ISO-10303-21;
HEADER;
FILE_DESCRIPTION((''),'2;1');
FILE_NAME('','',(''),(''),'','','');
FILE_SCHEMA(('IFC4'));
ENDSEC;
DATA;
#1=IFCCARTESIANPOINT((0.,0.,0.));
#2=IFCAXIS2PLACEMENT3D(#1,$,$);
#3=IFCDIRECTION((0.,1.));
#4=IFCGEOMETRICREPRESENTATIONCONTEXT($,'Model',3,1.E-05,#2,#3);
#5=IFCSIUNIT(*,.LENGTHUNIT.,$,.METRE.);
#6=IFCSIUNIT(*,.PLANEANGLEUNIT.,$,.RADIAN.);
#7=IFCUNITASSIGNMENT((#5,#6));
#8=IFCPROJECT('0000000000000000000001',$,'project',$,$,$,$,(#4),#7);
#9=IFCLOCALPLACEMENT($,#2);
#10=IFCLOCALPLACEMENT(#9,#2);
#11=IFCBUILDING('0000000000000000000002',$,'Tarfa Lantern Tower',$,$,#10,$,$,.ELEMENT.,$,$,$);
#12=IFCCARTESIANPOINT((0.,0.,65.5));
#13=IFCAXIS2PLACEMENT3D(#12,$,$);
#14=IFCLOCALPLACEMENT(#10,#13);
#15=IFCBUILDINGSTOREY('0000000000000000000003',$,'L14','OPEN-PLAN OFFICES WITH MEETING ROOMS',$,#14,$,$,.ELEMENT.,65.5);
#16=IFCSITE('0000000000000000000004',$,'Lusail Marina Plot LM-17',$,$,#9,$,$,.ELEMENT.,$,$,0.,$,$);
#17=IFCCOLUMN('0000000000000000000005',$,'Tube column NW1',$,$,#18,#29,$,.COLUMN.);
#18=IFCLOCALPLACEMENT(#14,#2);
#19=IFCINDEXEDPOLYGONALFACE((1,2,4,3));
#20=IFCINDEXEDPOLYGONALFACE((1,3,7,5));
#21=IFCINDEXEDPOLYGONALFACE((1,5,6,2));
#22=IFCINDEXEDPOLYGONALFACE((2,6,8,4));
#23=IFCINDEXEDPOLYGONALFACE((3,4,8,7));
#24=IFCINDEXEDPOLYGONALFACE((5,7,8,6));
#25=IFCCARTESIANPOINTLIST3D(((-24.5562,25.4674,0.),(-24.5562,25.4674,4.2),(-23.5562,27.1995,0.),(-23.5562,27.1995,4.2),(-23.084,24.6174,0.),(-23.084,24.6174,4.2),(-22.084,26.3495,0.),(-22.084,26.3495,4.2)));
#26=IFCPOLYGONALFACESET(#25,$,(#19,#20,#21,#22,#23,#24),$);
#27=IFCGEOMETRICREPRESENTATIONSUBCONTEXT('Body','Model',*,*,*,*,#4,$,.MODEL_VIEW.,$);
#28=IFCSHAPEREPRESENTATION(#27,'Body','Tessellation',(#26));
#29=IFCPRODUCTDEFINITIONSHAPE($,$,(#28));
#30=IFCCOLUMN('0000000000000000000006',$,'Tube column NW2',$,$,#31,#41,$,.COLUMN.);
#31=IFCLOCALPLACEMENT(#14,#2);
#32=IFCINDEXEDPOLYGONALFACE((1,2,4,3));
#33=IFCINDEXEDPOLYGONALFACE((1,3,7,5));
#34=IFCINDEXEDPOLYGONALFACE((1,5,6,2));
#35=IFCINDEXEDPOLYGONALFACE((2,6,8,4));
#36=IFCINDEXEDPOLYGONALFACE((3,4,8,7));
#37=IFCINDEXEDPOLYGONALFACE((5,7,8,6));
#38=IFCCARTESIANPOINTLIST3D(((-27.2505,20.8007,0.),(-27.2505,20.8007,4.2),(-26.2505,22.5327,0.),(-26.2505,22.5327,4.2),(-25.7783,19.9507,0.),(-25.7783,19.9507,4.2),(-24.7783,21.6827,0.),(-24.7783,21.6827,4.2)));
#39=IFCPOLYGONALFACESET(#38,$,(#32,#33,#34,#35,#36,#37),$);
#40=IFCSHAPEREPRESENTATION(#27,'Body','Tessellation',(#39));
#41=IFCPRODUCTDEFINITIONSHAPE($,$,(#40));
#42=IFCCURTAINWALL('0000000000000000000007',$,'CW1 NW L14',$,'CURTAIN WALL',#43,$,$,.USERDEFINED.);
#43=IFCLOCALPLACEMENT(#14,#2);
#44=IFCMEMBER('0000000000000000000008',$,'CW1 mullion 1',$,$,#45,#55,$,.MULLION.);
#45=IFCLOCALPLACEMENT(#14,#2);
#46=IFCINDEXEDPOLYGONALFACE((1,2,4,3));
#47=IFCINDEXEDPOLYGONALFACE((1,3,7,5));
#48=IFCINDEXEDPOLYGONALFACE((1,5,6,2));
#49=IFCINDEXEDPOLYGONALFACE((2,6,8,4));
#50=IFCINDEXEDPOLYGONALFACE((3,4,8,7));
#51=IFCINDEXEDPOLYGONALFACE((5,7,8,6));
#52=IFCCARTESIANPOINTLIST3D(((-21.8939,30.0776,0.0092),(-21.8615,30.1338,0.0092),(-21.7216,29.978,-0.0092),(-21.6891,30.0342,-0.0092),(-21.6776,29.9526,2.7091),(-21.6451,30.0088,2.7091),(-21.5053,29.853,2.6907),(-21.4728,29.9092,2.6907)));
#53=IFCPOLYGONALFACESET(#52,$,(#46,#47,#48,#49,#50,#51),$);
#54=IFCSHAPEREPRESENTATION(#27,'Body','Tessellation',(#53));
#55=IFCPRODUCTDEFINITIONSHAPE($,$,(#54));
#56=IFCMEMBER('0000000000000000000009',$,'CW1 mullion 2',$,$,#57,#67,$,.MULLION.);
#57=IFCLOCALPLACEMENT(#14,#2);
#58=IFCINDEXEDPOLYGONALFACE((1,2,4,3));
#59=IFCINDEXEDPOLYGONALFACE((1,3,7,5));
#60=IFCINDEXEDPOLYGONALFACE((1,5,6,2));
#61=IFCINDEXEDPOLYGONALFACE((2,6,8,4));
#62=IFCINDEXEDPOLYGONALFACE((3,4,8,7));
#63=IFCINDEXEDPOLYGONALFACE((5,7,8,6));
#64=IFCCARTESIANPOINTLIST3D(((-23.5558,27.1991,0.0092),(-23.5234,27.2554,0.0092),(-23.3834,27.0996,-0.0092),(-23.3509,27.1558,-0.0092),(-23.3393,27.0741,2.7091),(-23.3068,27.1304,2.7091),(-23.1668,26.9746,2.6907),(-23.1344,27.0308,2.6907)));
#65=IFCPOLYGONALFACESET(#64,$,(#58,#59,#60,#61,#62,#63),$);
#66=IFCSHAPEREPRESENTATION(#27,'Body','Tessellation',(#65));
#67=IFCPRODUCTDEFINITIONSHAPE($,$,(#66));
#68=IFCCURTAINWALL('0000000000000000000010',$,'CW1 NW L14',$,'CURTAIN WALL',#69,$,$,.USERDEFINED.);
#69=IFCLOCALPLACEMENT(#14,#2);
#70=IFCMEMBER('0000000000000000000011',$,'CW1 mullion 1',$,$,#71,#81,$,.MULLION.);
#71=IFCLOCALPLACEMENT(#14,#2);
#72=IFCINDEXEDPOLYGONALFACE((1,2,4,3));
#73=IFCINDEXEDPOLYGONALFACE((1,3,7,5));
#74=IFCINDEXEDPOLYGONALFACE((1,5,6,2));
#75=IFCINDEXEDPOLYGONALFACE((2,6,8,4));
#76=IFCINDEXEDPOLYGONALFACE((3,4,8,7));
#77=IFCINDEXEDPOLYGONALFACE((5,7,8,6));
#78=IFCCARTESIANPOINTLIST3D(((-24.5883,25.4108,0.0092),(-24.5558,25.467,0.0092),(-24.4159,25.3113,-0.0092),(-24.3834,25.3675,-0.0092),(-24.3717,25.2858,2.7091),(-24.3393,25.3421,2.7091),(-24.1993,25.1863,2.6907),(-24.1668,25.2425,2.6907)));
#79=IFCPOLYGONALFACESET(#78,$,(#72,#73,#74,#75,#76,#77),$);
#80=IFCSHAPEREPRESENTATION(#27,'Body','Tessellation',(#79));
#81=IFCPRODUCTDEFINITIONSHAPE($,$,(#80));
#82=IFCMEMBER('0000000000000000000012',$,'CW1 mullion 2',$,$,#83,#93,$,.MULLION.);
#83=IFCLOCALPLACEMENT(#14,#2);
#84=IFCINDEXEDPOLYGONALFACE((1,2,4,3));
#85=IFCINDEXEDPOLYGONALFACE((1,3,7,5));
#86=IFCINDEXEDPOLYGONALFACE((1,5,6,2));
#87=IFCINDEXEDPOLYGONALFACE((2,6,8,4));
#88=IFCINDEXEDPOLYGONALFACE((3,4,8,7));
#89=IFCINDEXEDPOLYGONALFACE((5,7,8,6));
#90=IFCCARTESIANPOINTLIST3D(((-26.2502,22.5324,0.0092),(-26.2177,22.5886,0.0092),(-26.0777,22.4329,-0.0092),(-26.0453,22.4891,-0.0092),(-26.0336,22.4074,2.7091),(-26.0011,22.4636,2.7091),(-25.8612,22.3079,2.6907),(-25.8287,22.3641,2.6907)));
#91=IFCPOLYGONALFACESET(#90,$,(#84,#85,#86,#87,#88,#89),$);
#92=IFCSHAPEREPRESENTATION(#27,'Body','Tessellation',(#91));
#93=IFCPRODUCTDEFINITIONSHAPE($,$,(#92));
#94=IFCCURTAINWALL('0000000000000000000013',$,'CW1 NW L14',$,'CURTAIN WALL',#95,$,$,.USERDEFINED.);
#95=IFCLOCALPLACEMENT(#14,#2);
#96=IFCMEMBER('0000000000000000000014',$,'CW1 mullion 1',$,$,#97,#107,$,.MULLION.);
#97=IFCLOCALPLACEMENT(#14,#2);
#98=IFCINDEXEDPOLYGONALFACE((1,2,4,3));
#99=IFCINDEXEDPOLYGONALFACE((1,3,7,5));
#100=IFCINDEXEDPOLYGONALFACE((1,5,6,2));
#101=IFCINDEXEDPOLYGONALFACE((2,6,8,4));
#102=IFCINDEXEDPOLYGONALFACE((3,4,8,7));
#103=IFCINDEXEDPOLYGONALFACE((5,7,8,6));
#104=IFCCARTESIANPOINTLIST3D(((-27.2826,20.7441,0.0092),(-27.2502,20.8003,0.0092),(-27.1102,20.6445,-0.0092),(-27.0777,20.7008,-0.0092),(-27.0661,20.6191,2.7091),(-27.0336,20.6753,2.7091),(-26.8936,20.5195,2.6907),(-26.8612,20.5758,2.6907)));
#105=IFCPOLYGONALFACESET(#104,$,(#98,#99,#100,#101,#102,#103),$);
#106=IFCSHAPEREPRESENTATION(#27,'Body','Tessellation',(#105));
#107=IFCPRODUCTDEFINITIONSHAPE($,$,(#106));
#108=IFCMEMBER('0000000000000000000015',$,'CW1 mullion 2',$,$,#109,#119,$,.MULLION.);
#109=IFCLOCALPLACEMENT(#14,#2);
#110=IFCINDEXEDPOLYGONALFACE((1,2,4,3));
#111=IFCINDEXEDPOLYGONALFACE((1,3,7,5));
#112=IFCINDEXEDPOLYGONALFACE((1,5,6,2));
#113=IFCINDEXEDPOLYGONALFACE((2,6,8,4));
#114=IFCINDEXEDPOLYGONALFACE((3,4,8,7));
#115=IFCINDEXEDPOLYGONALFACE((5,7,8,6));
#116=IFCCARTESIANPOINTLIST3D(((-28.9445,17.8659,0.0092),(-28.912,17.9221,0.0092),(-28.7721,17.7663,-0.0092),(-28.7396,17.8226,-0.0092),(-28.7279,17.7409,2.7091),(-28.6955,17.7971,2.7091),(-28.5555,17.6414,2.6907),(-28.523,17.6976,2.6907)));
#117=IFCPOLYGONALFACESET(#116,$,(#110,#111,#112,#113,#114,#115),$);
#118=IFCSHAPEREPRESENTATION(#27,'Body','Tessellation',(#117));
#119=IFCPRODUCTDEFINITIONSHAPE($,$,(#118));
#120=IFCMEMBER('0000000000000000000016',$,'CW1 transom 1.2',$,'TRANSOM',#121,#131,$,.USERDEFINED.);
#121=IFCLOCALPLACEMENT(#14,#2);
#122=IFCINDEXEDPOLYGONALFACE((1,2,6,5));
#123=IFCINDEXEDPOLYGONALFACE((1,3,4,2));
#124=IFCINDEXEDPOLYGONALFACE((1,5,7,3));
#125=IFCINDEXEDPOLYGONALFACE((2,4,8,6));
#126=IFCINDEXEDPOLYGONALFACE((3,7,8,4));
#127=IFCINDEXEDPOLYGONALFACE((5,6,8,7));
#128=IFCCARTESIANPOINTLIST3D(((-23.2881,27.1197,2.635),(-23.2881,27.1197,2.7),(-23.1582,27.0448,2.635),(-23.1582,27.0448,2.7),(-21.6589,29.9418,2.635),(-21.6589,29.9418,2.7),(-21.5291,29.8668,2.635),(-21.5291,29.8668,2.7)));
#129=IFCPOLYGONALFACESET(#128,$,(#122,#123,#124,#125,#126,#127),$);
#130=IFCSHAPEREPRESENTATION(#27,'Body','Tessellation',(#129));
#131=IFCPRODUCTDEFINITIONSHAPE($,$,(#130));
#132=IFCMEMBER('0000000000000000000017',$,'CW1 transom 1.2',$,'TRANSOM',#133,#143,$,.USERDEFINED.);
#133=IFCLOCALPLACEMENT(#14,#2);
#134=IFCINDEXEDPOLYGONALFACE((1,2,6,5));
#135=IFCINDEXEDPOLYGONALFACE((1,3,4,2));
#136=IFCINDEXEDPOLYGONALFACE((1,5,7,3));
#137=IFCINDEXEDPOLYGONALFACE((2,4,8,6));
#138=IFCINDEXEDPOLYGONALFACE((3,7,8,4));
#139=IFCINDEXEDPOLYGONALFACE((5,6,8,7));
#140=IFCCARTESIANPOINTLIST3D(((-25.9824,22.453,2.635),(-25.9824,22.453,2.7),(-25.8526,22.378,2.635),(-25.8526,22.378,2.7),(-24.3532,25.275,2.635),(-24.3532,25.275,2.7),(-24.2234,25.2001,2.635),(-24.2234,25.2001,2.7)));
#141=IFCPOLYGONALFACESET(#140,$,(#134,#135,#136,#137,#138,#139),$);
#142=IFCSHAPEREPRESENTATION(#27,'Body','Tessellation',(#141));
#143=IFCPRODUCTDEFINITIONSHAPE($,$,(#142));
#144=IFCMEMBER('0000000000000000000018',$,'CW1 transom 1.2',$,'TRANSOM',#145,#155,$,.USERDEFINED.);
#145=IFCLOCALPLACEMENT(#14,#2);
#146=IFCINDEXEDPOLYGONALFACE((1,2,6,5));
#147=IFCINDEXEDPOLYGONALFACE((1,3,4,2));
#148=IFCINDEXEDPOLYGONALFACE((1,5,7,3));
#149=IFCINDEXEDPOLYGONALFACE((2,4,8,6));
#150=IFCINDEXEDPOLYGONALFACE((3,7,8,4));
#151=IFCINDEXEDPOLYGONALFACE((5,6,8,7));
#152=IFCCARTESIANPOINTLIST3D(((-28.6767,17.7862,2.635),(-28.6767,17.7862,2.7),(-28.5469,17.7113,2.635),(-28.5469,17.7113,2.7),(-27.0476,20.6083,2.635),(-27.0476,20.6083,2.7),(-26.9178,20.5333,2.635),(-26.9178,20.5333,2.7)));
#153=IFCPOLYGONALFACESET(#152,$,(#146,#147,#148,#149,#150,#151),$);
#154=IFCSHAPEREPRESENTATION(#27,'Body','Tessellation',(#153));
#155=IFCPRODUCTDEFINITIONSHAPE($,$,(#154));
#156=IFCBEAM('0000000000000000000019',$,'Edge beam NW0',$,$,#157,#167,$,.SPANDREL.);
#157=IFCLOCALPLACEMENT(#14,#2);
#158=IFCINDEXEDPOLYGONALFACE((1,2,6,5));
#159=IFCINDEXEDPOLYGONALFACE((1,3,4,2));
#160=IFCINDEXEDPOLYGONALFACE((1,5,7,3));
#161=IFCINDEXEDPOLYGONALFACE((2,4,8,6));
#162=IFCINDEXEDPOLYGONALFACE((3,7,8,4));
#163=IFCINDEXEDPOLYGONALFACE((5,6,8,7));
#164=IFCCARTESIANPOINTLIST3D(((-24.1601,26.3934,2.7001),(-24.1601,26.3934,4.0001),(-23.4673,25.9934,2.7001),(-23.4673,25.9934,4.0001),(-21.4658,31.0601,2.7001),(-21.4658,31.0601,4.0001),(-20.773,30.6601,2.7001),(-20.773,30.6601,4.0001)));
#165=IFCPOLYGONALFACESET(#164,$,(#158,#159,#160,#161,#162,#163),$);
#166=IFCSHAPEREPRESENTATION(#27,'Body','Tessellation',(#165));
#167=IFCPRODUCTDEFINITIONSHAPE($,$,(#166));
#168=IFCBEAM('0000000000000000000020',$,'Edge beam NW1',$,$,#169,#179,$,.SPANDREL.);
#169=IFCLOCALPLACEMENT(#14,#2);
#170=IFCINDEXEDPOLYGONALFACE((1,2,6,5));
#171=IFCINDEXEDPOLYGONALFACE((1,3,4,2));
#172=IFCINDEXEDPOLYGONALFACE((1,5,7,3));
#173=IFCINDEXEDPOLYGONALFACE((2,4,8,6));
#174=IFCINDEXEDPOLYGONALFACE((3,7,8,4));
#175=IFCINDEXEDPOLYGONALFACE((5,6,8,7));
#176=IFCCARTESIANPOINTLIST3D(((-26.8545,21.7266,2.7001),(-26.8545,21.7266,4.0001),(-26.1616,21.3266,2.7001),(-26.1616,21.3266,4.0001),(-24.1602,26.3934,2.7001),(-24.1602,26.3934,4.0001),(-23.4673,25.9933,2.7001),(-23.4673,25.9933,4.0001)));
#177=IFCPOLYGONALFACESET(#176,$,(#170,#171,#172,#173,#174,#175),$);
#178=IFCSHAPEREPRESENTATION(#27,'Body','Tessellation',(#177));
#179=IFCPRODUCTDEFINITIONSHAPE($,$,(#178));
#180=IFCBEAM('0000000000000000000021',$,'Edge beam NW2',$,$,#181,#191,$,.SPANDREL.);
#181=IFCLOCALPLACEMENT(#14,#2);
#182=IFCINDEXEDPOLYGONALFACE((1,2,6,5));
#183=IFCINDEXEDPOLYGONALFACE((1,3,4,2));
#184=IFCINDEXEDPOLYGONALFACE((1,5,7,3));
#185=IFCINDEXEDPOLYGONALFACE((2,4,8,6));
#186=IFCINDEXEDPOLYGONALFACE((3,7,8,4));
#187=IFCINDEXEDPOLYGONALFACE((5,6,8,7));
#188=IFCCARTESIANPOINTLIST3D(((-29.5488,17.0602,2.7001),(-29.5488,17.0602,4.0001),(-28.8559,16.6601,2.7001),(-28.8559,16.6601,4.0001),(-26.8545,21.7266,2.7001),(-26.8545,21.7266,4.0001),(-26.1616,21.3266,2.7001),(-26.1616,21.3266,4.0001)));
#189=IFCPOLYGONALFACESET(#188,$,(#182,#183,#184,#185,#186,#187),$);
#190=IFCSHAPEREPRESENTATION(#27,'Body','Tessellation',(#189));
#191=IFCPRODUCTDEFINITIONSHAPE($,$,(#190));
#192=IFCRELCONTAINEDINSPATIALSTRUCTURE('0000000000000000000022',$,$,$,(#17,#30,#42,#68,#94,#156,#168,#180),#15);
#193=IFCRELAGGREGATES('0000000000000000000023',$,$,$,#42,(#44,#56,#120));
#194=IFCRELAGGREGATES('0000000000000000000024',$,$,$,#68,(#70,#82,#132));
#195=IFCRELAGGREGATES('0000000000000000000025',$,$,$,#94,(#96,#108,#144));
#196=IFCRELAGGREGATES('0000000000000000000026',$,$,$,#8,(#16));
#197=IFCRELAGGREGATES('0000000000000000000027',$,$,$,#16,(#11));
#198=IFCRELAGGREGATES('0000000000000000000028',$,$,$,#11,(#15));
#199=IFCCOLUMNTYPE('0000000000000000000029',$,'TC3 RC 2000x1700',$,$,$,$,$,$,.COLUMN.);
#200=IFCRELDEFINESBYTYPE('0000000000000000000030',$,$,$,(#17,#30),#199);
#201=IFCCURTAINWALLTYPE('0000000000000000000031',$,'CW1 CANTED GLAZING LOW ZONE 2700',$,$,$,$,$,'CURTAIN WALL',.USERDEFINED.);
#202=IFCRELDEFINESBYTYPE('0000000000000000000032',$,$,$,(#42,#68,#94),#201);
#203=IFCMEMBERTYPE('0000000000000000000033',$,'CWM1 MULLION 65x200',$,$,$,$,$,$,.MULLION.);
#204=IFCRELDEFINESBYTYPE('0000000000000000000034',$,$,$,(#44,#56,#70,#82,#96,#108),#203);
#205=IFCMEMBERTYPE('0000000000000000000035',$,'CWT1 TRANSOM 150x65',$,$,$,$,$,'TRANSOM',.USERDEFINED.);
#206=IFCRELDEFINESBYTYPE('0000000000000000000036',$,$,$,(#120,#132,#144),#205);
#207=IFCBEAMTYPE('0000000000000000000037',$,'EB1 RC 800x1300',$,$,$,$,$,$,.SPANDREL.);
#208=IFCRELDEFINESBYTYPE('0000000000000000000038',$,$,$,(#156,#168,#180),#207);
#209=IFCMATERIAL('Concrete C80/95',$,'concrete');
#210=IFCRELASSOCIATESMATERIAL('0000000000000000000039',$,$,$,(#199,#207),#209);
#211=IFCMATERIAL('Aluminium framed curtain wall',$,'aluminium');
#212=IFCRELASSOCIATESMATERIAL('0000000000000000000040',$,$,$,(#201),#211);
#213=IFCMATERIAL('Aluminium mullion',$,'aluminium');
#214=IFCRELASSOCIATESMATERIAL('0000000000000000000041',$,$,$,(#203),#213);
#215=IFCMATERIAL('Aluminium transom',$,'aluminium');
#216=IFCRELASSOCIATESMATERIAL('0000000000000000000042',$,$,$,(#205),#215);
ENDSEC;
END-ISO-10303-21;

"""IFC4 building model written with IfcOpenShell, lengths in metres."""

from ifc_helpers import new_model, si_unit, direction, frame, origin, origin_2d, place, context, subcontext, project, spatial, rectangle, extrude, material, material_profile, profile_set, type_object, element, aggregate, save


model = new_model("IFC4")

# Units and contexts
model_context = context("Model", 3, precision=1e-05, world=origin(), true_north=direction((0.0, 1.0)))
body_context = subcontext(model_context, "Body", "Model", "MODEL_VIEW")
ifc_project = project(units=[si_unit("LENGTHUNIT", "METRE"), si_unit("PLANEANGLEUNIT", "RADIAN")], contexts=[model_context])

# Site, building, storey
site_placement = place(None, origin())
site = spatial("IfcSite", under=ifc_project, at=site_placement, Name="Lusail Marina Plot LM-17", CompositionType="ELEMENT", RefElevation=0.0)
building_placement = place(site_placement, origin())
building = spatial("IfcBuilding", under=site, at=building_placement, Name="Tarfa Lantern Tower", CompositionType="ELEMENT")
storey_placement = place(building_placement, frame((0.0, 0.0, 65.5)))
storey = spatial("IfcBuildingStorey", under=building, at=storey_placement, Name="L14", Description="OPEN-PLAN OFFICES WITH MEETING ROOMS", CompositionType="ELEMENT", Elevation=65.5)

# Columns
ifc_material_1 = material(Name="Concrete C80/95", Category="concrete")
ifc_material_profile_1 = material_profile(ifc_material_1, rectangle(XDim=2.0, YDim=1.7, at=origin_2d()), Name="RC 2000x1700")
ifc_profile_set_1 = profile_set([ifc_material_profile_1], Name="Concrete C80/95")
column_type = type_object("IfcColumnType", Name="TC3 RC 2000x1700", PredefinedType="COLUMN", material=ifc_profile_set_1)
for number, where, z_axis, x_axis, name in (
    (1, (-23.3201, 25.9084, 0.0), (0.0, 0.0, 1.0), (-0.5, -0.866025, 0.0), "Tube column NW1"),
    (2, (-26.0144, 21.2417, 0.0), (0.0, 0.0, 1.0), (-0.5, -0.866025, 0.0), "Tube column NW2"),
):
    element("IfcColumn", number, at=place(storey_placement, frame(where, z_axis=z_axis, x_axis=x_axis)), inside=storey, type_object=column_type, Name=name, PredefinedType="COLUMN", context=body_context, shape_type="SweptSolid", body=[
        extrude(rectangle(XDim=2.0, YDim=1.7, at=origin_2d()), origin(), (0.0, 0.0, 1.0), 4.2),
    ])

# Curtain walls, members
ifc_material_2 = material(Name="Aluminium framed curtain wall", Category="aluminium")
curtain_wall_type = type_object("IfcCurtainWallType", Name="CW1 CANTED GLAZING LOW ZONE 2700", ElementType="CURTAIN WALL", PredefinedType="USERDEFINED", material=ifc_material_2)
curtain_wall_1_placement = place(storey_placement, origin())
curtain_wall_1 = element("IfcCurtainWall", 3, at=curtain_wall_1_placement, inside=storey, type_object=curtain_wall_type, Name="CW1 NW L14", ObjectType="CURTAIN WALL", PredefinedType="USERDEFINED")
ifc_material_3 = material(Name="Aluminium mullion", Category="aluminium")
ifc_material_profile_2 = material_profile(ifc_material_3, rectangle(XDim=0.0649, YDim=0.2, at=origin_2d()), Name="AL MULLION 65x200")
ifc_profile_set_2 = profile_set([ifc_material_profile_2], Name="Aluminium mullion")
member_type_1 = type_object("IfcMemberType", Name="CWM1 MULLION 65x200", PredefinedType="MULLION", material=ifc_profile_set_2)
member_1_placement = place(storey_placement, frame((-21.7915, 30.0559, 0.0), z_axis=(0.079775, -0.0461, 0.995746), x_axis=(0.500343, 0.865827, 0.0)))
member_1 = element("IfcMember", 4, at=member_1_placement, type_object=member_type_1, Name="CW1 mullion 1", PredefinedType="MULLION", context=body_context, shape_type="SweptSolid", body=[
    extrude(rectangle(XDim=0.0649, YDim=0.2, at=origin_2d()), origin(), (0.0, 0.0, 1.0), 2.7114),
])
member_2_placement = place(storey_placement, frame((-23.4534, 27.1775, 0.0), z_axis=(0.079864, -0.0461, 0.995739), x_axis=(0.49992, 0.866072, 0.0)))
member_2 = element("IfcMember", 5, at=member_2_placement, type_object=member_type_1, Name="CW1 mullion 2", PredefinedType="MULLION", context=body_context, shape_type="SweptSolid", body=[
    extrude(rectangle(XDim=0.0649, YDim=0.2, at=origin_2d()), origin(), (0.0, 0.0, 1.0), 2.7114),
])
curtain_wall_2_placement = place(storey_placement, origin())
curtain_wall_2 = element("IfcCurtainWall", 6, at=curtain_wall_2_placement, inside=storey, type_object=curtain_wall_type, Name="CW1 NW L14", ObjectType="CURTAIN WALL", PredefinedType="USERDEFINED")
member_3_placement = place(storey_placement, frame((-24.4858, 25.3892, 0.0), z_axis=(0.079864, -0.0461, 0.995739), x_axis=(0.49992, 0.866072, 0.0)))
member_3 = element("IfcMember", 7, at=member_3_placement, type_object=member_type_1, Name="CW1 mullion 1", PredefinedType="MULLION", context=body_context, shape_type="SweptSolid", body=[
    extrude(rectangle(XDim=0.0649, YDim=0.2, at=origin_2d()), origin(), (0.0, 0.0, 1.0), 2.7114),
])
member_4_placement = place(storey_placement, frame((-26.1477, 22.5107, 0.0), z_axis=(0.079864, -0.0461, 0.995739), x_axis=(0.49992, 0.866072, 0.0)))
member_4 = element("IfcMember", 8, at=member_4_placement, type_object=member_type_1, Name="CW1 mullion 2", PredefinedType="MULLION", context=body_context, shape_type="SweptSolid", body=[
    extrude(rectangle(XDim=0.0649, YDim=0.2, at=origin_2d()), origin(), (0.0, 0.0, 1.0), 2.7114),
])
curtain_wall_3_placement = place(storey_placement, origin())
curtain_wall_3 = element("IfcCurtainWall", 9, at=curtain_wall_3_placement, inside=storey, type_object=curtain_wall_type, Name="CW1 NW L14", ObjectType="CURTAIN WALL", PredefinedType="USERDEFINED")
member_5_placement = place(storey_placement, frame((-27.1802, 20.7224, 0.0), z_axis=(0.079864, -0.0461, 0.995739), x_axis=(0.49992, 0.866072, 0.0)))
member_5 = element("IfcMember", 10, at=member_5_placement, type_object=member_type_1, Name="CW1 mullion 1", PredefinedType="MULLION", context=body_context, shape_type="SweptSolid", body=[
    extrude(rectangle(XDim=0.0649, YDim=0.2, at=origin_2d()), origin(), (0.0, 0.0, 1.0), 2.7114),
])
member_6_placement = place(storey_placement, frame((-28.842, 17.8442, 0.0), z_axis=(0.079864, -0.0461, 0.995739), x_axis=(0.49992, 0.866072, 0.0)))
member_6 = element("IfcMember", 11, at=member_6_placement, type_object=member_type_1, Name="CW1 mullion 2", PredefinedType="MULLION", context=body_context, shape_type="SweptSolid", body=[
    extrude(rectangle(XDim=0.0649, YDim=0.2, at=origin_2d()), origin(), (0.0, 0.0, 1.0), 2.7114),
])

# Members
ifc_material_4 = material(Name="Aluminium transom", Category="aluminium")
ifc_material_profile_3 = material_profile(ifc_material_4, rectangle(XDim=0.1499, YDim=0.0649, at=origin_2d()), Name="AL TRANSOM 150x65")
ifc_profile_set_3 = profile_set([ifc_material_profile_3], Name="Aluminium transom")
member_type_2 = type_object("IfcMemberType", Name="CWT1 TRANSOM 150x65", ElementType="TRANSOM", PredefinedType="USERDEFINED", material=ifc_profile_set_3)
member_7_placement = place(storey_placement, frame((-21.594, 29.9043, 2.6675), z_axis=(-0.499967, -0.866045, 0.0), x_axis=(0.866045, -0.499967, 0.0)))
member_7 = element("IfcMember", 12, at=member_7_placement, type_object=member_type_2, Name="CW1 transom 1.2", ObjectType="TRANSOM", PredefinedType="USERDEFINED", context=body_context, shape_type="SweptSolid", body=[
    extrude(rectangle(XDim=0.1499, YDim=0.0649, at=origin_2d()), origin(), (0.0, 0.0, 1.0), 3.2585),
])
member_8_placement = place(storey_placement, frame((-24.2883, 25.2375, 2.6675), z_axis=(-0.499967, -0.866045, 0.0), x_axis=(0.866045, -0.499967, 0.0)))
member_8 = element("IfcMember", 13, at=member_8_placement, type_object=member_type_2, Name="CW1 transom 1.2", ObjectType="TRANSOM", PredefinedType="USERDEFINED", context=body_context, shape_type="SweptSolid", body=[
    extrude(rectangle(XDim=0.1499, YDim=0.0649, at=origin_2d()), origin(), (0.0, 0.0, 1.0), 3.2585),
])
member_9_placement = place(storey_placement, frame((-26.9827, 20.5708, 2.6675), z_axis=(-0.499967, -0.866045, 0.0), x_axis=(0.866045, -0.499967, 0.0)))
member_9 = element("IfcMember", 14, at=member_9_placement, type_object=member_type_2, Name="CW1 transom 1.2", ObjectType="TRANSOM", PredefinedType="USERDEFINED", context=body_context, shape_type="SweptSolid", body=[
    extrude(rectangle(XDim=0.1499, YDim=0.0649, at=origin_2d()), origin(), (0.0, 0.0, 1.0), 3.2585),
])

# Beams
ifc_material_profile_4 = material_profile(ifc_material_1, rectangle(XDim=0.8, YDim=1.3, at=origin_2d()), Name="RC 800x1300")
ifc_profile_set_4 = profile_set([ifc_material_profile_4], Name="Concrete C80/95")
beam_type_1 = type_object("IfcBeamType", Name="EB1 RC 800x1300", PredefinedType="SPANDREL", material=ifc_profile_set_4)
for number, where, z_axis, x_axis, name in (
    (15, (-21.1194, 30.8601, 3.3501), (-0.499998, -0.866026, 0.0), (0.866026, -0.499998, 0.0), "Edge beam NW0"),
    (16, (-23.8137, 26.1934, 3.3501), (-0.499998, -0.866026, 0.0), (0.866026, -0.499998, 0.0), "Edge beam NW1"),
):
    element("IfcBeam", number, at=place(storey_placement, frame(where, z_axis=z_axis, x_axis=x_axis)), inside=storey, type_object=beam_type_1, Name=name, PredefinedType="SPANDREL", context=body_context, shape_type="SweptSolid", body=[
        extrude(rectangle(XDim=0.8, YDim=1.3, at=origin_2d()), origin(), (0.0, 0.0, 1.0), 5.3887),
    ])
beam_1_placement = place(storey_placement, frame((-26.5081, 21.5266, 3.3501), z_axis=(-0.500018, -0.866015, 0.0), x_axis=(0.866015, -0.500018, 0.0)))
element("IfcBeam", 17, at=beam_1_placement, inside=storey, type_object=beam_type_1, Name="Edge beam NW2", PredefinedType="SPANDREL", context=body_context, shape_type="SweptSolid", body=[
    extrude(rectangle(XDim=0.8, YDim=1.3, at=origin_2d()), origin(), (0.0, 0.0, 1.0), 5.3884),
])

aggregate(curtain_wall_1, [member_1, member_2, member_7])
aggregate(curtain_wall_2, [member_3, member_4, member_8])
aggregate(curtain_wall_3, [member_5, member_6, member_9])

save(model, "model.ifc")
